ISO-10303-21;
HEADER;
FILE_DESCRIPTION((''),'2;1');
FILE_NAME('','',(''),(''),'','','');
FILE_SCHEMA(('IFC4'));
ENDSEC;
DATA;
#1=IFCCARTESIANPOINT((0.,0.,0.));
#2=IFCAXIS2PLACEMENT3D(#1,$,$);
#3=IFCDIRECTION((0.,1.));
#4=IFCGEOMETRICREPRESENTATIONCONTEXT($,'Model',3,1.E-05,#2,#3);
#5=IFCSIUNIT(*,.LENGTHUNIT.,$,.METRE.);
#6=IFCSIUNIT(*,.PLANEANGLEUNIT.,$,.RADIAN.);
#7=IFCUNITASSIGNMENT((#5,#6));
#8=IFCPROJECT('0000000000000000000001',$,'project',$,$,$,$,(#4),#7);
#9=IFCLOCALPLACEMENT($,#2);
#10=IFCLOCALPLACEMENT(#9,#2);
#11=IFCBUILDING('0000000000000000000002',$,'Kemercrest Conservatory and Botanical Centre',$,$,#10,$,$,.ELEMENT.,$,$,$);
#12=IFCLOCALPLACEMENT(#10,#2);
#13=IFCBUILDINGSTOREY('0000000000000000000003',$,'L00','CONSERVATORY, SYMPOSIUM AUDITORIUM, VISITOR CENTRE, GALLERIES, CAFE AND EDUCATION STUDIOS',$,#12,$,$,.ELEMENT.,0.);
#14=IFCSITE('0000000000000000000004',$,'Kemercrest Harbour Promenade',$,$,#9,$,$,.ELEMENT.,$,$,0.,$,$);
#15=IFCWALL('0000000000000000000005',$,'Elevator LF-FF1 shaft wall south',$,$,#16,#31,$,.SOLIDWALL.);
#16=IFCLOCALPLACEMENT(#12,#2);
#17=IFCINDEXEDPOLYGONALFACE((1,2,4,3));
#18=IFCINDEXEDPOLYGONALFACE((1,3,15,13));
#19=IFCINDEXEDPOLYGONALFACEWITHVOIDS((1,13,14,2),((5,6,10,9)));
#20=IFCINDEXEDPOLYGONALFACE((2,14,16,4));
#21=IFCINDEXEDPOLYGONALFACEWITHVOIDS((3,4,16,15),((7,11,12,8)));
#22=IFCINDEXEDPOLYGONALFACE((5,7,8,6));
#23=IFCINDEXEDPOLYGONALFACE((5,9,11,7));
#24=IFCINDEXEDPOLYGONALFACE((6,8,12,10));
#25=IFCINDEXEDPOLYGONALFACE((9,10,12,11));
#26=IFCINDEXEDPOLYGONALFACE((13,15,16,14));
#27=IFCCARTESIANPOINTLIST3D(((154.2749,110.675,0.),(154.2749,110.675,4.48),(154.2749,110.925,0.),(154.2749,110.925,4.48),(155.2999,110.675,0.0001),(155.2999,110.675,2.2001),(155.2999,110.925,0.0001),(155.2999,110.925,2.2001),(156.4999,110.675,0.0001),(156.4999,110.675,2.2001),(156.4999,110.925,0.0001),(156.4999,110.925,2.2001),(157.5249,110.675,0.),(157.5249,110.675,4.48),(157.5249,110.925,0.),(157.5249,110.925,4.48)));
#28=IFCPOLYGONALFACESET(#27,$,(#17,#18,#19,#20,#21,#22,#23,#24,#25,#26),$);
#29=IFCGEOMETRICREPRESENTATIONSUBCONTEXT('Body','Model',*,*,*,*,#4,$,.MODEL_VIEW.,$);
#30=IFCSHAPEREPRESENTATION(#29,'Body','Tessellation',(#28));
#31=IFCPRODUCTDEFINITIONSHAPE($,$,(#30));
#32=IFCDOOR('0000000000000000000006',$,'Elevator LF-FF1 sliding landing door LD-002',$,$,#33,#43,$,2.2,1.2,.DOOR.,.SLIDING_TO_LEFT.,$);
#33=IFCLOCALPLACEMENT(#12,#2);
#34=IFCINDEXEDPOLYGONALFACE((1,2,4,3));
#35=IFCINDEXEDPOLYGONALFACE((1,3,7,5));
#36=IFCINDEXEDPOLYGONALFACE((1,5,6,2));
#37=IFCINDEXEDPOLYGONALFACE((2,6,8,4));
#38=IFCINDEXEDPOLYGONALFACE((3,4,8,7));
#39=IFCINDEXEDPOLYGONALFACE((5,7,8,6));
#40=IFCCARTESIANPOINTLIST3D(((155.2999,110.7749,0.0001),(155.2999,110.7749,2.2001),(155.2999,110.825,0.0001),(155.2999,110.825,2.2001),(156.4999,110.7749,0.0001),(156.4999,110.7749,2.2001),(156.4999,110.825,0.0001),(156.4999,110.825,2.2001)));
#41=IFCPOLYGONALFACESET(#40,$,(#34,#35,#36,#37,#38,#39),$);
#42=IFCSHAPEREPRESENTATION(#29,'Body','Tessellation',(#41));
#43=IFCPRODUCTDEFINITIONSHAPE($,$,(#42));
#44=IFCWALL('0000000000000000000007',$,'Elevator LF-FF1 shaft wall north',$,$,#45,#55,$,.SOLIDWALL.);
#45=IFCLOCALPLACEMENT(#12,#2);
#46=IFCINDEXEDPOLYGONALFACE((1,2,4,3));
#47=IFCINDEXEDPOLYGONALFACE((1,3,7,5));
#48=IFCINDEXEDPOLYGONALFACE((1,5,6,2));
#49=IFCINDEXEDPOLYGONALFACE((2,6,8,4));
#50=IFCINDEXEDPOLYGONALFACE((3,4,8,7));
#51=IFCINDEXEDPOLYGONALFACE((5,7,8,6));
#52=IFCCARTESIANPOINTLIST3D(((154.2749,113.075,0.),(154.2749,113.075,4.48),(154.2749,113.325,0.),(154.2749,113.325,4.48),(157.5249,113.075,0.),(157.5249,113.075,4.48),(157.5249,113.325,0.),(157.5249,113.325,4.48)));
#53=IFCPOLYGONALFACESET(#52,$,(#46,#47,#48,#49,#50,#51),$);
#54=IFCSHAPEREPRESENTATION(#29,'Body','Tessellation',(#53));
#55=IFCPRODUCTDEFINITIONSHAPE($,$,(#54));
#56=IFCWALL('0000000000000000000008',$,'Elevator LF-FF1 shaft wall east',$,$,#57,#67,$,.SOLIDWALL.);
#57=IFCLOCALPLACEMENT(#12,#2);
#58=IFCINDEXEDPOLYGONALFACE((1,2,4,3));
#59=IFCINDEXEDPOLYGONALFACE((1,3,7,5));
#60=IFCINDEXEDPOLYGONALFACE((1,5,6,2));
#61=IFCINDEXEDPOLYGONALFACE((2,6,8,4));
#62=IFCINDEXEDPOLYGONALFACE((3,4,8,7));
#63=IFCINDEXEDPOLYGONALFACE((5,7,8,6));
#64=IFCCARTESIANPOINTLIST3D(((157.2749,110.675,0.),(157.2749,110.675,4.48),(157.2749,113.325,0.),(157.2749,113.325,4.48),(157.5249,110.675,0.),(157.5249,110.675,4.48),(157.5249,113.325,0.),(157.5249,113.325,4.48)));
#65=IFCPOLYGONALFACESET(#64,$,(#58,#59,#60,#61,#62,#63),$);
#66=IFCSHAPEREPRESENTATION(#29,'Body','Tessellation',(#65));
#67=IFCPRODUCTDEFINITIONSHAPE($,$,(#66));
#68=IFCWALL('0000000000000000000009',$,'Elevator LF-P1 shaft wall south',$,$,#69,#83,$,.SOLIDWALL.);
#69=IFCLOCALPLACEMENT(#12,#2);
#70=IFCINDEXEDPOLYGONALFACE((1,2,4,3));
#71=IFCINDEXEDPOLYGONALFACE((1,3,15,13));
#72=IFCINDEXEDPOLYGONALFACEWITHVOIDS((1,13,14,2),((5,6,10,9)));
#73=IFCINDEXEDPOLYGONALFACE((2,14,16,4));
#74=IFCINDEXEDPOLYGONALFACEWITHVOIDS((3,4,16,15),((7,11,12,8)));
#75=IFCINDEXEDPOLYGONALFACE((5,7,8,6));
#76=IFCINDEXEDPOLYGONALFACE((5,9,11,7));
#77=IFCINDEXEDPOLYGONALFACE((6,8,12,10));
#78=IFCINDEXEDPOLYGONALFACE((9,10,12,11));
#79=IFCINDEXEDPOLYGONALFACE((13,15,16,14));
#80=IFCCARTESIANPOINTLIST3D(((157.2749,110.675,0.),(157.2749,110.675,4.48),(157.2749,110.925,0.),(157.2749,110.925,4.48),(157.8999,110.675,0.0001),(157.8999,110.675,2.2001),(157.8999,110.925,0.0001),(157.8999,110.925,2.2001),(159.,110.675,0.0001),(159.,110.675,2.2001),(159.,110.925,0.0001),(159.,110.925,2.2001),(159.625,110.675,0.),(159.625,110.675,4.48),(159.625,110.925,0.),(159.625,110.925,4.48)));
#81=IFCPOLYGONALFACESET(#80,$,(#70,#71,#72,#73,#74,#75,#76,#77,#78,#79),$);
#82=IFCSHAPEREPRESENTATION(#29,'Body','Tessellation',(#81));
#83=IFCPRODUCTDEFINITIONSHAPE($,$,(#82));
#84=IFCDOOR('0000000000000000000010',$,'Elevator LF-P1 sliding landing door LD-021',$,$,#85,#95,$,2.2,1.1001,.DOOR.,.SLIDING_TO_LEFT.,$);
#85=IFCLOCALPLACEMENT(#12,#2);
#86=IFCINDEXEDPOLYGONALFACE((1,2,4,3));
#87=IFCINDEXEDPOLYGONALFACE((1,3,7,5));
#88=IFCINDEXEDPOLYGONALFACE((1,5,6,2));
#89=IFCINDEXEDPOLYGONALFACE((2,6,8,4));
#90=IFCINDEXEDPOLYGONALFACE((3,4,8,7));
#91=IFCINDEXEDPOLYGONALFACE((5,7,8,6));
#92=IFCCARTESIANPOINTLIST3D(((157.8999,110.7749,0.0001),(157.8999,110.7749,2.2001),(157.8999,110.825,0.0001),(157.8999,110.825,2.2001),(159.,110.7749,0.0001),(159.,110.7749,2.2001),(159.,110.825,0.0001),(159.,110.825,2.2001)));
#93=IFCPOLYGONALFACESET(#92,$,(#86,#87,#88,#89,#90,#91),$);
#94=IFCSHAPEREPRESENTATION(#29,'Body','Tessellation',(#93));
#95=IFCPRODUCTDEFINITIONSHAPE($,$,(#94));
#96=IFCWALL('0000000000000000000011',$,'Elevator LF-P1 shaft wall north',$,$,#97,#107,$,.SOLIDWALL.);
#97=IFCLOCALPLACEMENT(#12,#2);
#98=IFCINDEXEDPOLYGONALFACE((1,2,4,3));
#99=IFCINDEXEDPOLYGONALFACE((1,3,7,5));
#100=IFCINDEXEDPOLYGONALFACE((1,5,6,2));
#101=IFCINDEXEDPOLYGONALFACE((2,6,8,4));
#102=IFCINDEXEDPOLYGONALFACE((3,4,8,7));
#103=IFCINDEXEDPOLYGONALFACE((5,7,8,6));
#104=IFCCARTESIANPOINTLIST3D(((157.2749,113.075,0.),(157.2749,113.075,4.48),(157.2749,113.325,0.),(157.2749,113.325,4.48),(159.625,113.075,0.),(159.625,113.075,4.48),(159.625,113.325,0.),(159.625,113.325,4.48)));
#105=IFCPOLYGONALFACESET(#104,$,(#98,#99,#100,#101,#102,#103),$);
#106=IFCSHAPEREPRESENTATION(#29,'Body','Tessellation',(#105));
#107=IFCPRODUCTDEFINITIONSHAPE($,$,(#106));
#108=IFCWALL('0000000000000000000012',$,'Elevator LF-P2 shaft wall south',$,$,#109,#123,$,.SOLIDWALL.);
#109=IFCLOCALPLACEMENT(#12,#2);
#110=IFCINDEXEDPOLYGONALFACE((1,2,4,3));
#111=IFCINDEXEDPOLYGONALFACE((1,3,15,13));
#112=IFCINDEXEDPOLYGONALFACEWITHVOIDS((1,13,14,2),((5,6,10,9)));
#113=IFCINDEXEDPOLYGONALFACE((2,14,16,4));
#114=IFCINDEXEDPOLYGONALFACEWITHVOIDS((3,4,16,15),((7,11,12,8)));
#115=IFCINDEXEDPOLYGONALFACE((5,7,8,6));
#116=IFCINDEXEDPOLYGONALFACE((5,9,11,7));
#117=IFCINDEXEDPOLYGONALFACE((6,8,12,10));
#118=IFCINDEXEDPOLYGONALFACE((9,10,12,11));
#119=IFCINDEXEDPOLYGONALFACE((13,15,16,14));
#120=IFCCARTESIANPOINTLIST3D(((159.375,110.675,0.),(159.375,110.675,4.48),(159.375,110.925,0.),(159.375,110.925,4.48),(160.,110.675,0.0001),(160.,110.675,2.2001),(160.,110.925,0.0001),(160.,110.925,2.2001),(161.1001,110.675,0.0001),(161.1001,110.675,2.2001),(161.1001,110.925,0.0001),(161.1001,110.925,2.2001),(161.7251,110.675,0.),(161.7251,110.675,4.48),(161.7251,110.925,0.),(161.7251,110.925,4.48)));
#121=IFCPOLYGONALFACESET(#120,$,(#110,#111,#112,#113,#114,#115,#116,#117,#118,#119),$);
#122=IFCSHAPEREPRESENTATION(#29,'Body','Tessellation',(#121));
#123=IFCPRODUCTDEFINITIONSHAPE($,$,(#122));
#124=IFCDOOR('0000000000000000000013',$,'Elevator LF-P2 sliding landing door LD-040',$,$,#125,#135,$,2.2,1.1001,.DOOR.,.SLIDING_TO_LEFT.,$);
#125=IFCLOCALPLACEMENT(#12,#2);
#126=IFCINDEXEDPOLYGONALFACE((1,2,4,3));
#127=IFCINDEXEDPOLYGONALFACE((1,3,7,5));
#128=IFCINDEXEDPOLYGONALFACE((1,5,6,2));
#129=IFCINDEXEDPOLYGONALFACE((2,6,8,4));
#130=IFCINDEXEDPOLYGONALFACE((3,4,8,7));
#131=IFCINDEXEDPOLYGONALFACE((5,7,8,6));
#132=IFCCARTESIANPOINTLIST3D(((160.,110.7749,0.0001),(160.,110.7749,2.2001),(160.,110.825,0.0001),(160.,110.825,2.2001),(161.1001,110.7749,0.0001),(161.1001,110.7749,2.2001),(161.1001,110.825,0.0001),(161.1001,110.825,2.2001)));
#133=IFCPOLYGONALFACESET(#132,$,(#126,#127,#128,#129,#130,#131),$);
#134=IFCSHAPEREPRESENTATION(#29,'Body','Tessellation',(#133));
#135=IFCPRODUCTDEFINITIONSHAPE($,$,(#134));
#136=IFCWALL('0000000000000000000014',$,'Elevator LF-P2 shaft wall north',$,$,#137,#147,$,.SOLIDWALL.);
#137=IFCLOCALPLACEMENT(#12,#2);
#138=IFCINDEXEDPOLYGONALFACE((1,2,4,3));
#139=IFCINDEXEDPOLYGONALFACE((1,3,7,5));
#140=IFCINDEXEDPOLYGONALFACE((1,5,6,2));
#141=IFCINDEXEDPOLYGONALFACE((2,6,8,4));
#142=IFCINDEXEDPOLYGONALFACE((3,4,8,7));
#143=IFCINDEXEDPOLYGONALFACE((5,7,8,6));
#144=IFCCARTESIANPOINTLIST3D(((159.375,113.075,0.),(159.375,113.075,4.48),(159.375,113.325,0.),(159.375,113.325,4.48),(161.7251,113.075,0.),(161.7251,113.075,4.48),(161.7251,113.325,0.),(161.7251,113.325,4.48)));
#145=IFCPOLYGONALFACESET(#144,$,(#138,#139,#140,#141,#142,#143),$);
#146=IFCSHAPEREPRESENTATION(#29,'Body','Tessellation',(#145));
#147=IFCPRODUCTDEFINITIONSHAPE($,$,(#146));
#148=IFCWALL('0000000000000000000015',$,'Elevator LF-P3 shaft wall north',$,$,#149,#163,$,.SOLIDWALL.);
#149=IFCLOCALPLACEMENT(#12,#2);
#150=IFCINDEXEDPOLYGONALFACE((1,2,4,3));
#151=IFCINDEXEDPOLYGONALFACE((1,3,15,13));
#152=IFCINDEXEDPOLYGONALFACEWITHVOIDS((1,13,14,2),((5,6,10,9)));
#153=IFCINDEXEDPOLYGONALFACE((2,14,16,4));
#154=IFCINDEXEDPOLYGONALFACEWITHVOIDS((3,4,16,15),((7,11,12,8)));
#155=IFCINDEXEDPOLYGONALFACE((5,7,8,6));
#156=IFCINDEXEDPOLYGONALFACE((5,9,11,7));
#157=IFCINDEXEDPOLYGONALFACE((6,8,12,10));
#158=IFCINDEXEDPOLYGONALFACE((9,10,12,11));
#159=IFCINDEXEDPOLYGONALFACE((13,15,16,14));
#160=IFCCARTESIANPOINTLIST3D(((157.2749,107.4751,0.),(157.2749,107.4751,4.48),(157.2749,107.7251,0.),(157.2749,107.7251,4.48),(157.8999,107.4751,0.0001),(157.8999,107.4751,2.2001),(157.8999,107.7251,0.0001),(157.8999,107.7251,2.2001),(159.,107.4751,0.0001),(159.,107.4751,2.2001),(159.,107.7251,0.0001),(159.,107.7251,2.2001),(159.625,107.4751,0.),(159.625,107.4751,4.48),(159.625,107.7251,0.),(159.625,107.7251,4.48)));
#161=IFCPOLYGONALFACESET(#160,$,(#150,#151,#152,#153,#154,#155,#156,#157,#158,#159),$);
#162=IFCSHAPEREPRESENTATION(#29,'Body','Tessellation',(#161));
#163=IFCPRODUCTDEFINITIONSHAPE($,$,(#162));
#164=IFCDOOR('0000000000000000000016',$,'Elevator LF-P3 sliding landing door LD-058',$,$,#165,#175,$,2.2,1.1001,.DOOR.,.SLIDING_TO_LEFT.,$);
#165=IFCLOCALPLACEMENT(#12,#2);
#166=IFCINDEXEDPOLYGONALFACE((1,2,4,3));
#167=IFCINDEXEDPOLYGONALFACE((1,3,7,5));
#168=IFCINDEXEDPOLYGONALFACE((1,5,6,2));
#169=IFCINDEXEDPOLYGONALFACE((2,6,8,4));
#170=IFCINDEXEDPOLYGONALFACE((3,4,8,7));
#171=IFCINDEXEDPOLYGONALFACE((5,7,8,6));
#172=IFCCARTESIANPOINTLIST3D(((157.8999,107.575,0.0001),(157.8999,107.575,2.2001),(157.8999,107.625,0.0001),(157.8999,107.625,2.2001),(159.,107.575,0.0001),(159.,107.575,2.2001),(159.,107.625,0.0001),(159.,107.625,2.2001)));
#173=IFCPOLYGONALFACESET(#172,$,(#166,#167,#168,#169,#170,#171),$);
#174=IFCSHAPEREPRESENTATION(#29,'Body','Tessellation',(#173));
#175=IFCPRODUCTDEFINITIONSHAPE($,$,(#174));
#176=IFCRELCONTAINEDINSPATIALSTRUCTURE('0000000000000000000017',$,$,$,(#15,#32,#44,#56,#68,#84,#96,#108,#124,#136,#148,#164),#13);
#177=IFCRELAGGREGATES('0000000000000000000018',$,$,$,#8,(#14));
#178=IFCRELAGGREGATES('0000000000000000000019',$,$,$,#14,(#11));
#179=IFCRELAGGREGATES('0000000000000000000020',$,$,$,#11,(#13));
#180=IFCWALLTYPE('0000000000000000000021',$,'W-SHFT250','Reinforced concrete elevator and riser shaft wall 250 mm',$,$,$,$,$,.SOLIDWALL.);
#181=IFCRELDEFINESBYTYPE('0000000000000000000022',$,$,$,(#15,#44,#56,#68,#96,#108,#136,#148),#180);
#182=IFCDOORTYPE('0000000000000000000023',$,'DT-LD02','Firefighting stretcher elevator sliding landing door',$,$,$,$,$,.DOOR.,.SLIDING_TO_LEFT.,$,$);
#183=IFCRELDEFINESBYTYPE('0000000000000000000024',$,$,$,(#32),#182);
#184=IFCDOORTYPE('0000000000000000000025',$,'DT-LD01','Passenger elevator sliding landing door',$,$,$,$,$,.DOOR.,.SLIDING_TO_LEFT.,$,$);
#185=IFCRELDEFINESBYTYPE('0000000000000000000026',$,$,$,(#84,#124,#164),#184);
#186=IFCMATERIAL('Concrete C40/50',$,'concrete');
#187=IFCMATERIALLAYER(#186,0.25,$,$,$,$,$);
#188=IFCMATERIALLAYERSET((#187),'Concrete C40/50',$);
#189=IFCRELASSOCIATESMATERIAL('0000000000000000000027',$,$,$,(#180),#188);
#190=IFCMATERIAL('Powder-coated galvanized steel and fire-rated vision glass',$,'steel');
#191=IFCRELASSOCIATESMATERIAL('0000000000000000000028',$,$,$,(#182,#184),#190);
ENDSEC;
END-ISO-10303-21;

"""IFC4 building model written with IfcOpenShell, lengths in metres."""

from ifc_helpers import new_model, si_unit, direction, frame, frame_2d, origin, place, context, subcontext, project, spatial, rectangle, extrude, material, layer, layer_set, type_object, element, fill, save


model = new_model("IFC4")

# Units and contexts
model_context = context("Model", 3, precision=1e-05, world=origin(), true_north=direction((0.0, 1.0)))
body_context = subcontext(model_context, "Body", "Model", "MODEL_VIEW")
ifc_project = project(units=[si_unit("LENGTHUNIT", "METRE"), si_unit("PLANEANGLEUNIT", "RADIAN")], contexts=[model_context])

# Site, building, storey
site_placement = place(None, origin())
site = spatial("IfcSite", under=ifc_project, at=site_placement, Name="Kemercrest Harbour Promenade", CompositionType="ELEMENT", RefElevation=0.0)
building_placement = place(site_placement, origin())
building = spatial("IfcBuilding", under=site, at=building_placement, Name="Kemercrest Conservatory and Botanical Centre", CompositionType="ELEMENT")
storey_placement = place(building_placement, origin())
storey = spatial("IfcBuildingStorey", under=building, at=storey_placement, Name="L00", Description="CONSERVATORY, SYMPOSIUM AUDITORIUM, VISITOR CENTRE, GALLERIES, CAFE AND EDUCATION STUDIOS", CompositionType="ELEMENT", Elevation=0.0)

# Shared definitions
ifc_material_1 = material(Name="Concrete C40/50", Category="concrete")

# Wall, opening, door
ifc_material_2 = material(Name="Powder-coated galvanized steel and fire-rated vision glass", Category="steel")
ifc_layer_1 = layer(ifc_material_1, 0.25)
ifc_layer_set_1 = layer_set([ifc_layer_1], Name="Concrete C40/50")
wall_type_1 = type_object("IfcWallType", Name="W-SHFT250", Description="Reinforced concrete elevator and riser shaft wall 250 mm", PredefinedType="SOLIDWALL", material=ifc_layer_set_1)
wall_1_placement = place(storey_placement, frame((154.2749, 110.8, 0.0), z_axis=(0.0, 0.0, 1.0), x_axis=(1.0, 0.0, 0.0)))
wall_1 = element("IfcWall", 1, at=wall_1_placement, inside=storey, type_object=wall_type_1, Name="Elevator LF-FF1 shaft wall south", PredefinedType="SOLIDWALL", context=body_context, shape_type="SweptSolid", body=[
    extrude(rectangle(XDim=3.25, YDim=0.25, at=frame_2d((1.625, 0.0))), origin(), (0.0, 0.0, 1.0), 4.48),
])
opening_1_placement = place(wall_1_placement, frame((1.0249, 0.0, 0.0)))
opening_1 = element("IfcOpeningElement", 2, at=opening_1_placement, cuts=wall_1, PredefinedType="OPENING", context=body_context, shape_type="SweptSolid", body=[
    extrude(rectangle(XDim=1.2, YDim=2.2, at=frame_2d((0.6001, 1.1001))), frame((0.0, 0.135, 0.0), z_axis=(0.0, -1.0, 0.0), x_axis=(1.0, 0.0, 0.0)), (0.0, 0.0, 1.0), 0.27),
])
door_type_1 = type_object("IfcDoorType", Name="DT-LD02", Description="Firefighting stretcher elevator sliding landing door", OperationType="SLIDING_TO_LEFT", PredefinedType="DOOR", material=ifc_material_2)
door_1_placement = place(opening_1_placement, origin())
door_1 = element("IfcDoor", 3, at=door_1_placement, inside=storey, type_object=door_type_1, Name="Elevator LF-FF1 sliding landing door LD-002", OperationType="SLIDING_TO_LEFT", OverallHeight=2.2, OverallWidth=1.2, PredefinedType="DOOR", context=body_context, shape_type="SweptSolid", body=[
    extrude(rectangle(XDim=1.2, YDim=2.2, at=frame_2d((0.6001, 1.1001))), frame((0.0, 0.0249, 0.0), z_axis=(0.0, -1.0, 0.0), x_axis=(1.0, 0.0, 0.0)), (0.0, 0.0, 1.0), 0.05),
])
fill(opening_1, door_1)

# Walls
wall_2_placement = place(storey_placement, frame((154.2749, 113.2, 0.0), z_axis=(0.0, 0.0, 1.0), x_axis=(1.0, 0.0, 0.0)))
element("IfcWall", 4, at=wall_2_placement, inside=storey, type_object=wall_type_1, Name="Elevator LF-FF1 shaft wall north", PredefinedType="SOLIDWALL", context=body_context, shape_type="SweptSolid", body=[
    extrude(rectangle(XDim=3.25, YDim=0.25, at=frame_2d((1.625, 0.0))), origin(), (0.0, 0.0, 1.0), 4.48),
])
wall_3_placement = place(storey_placement, frame((157.3999, 110.675, 0.0), z_axis=(0.0, 0.0, 1.0), x_axis=(0.0, 1.0, 0.0)))
element("IfcWall", 5, at=wall_3_placement, inside=storey, type_object=wall_type_1, Name="Elevator LF-FF1 shaft wall east", PredefinedType="SOLIDWALL", context=body_context, shape_type="SweptSolid", body=[
    extrude(rectangle(XDim=2.6499, YDim=0.25, at=frame_2d((1.325, 0.0))), origin(), (0.0, 0.0, 1.0), 4.48),
])

# Wall, opening, door
wall_4_placement = place(storey_placement, frame((157.2749, 110.8, 0.0), z_axis=(0.0, 0.0, 1.0), x_axis=(1.0, 0.0, 0.0)))
wall_4 = element("IfcWall", 6, at=wall_4_placement, inside=storey, type_object=wall_type_1, Name="Elevator LF-P1 shaft wall south", PredefinedType="SOLIDWALL", context=body_context, shape_type="SweptSolid", body=[
    extrude(rectangle(XDim=2.3501, YDim=0.25, at=frame_2d((1.175, 0.0))), origin(), (0.0, 0.0, 1.0), 4.48),
])
opening_2_placement = place(wall_4_placement, frame((0.625, 0.0, 0.0)))
opening_2 = element("IfcOpeningElement", 7, at=opening_2_placement, cuts=wall_4, PredefinedType="OPENING", context=body_context, shape_type="SweptSolid", body=[
    extrude(rectangle(XDim=1.1001, YDim=2.2, at=frame_2d((0.55, 1.1001))), frame((0.0, 0.135, 0.0), z_axis=(0.0, -1.0, 0.0), x_axis=(1.0, 0.0, 0.0)), (0.0, 0.0, 1.0), 0.27),
])
door_type_2 = type_object("IfcDoorType", Name="DT-LD01", Description="Passenger elevator sliding landing door", OperationType="SLIDING_TO_LEFT", PredefinedType="DOOR", material=ifc_material_2)
door_2_placement = place(opening_2_placement, origin())
door_2 = element("IfcDoor", 8, at=door_2_placement, inside=storey, type_object=door_type_2, Name="Elevator LF-P1 sliding landing door LD-021", OperationType="SLIDING_TO_LEFT", OverallHeight=2.2, OverallWidth=1.1001, PredefinedType="DOOR", context=body_context, shape_type="SweptSolid", body=[
    extrude(rectangle(XDim=1.1001, YDim=2.2, at=frame_2d((0.55, 1.1001))), frame((0.0, 0.0249, 0.0), z_axis=(0.0, -1.0, 0.0), x_axis=(1.0, 0.0, 0.0)), (0.0, 0.0, 1.0), 0.05),
])
fill(opening_2, door_2)

# Wall
wall_5_placement = place(storey_placement, frame((157.2749, 113.2, 0.0), z_axis=(0.0, 0.0, 1.0), x_axis=(1.0, 0.0, 0.0)))
element("IfcWall", 9, at=wall_5_placement, inside=storey, type_object=wall_type_1, Name="Elevator LF-P1 shaft wall north", PredefinedType="SOLIDWALL", context=body_context, shape_type="SweptSolid", body=[
    extrude(rectangle(XDim=2.3501, YDim=0.25, at=frame_2d((1.175, 0.0))), origin(), (0.0, 0.0, 1.0), 4.48),
])

# Wall, opening, door
wall_6_placement = place(storey_placement, frame((159.375, 110.8, 0.0), z_axis=(0.0, 0.0, 1.0), x_axis=(1.0, 0.0, 0.0)))
wall_6 = element("IfcWall", 10, at=wall_6_placement, inside=storey, type_object=wall_type_1, Name="Elevator LF-P2 shaft wall south", PredefinedType="SOLIDWALL", context=body_context, shape_type="SweptSolid", body=[
    extrude(rectangle(XDim=2.3501, YDim=0.25, at=frame_2d((1.175, 0.0))), origin(), (0.0, 0.0, 1.0), 4.48),
])
opening_3_placement = place(wall_6_placement, frame((0.625, 0.0, 0.0)))
opening_3 = element("IfcOpeningElement", 11, at=opening_3_placement, cuts=wall_6, PredefinedType="OPENING", context=body_context, shape_type="SweptSolid", body=[
    extrude(rectangle(XDim=1.1001, YDim=2.2, at=frame_2d((0.55, 1.1001))), frame((0.0, 0.135, 0.0), z_axis=(0.0, -1.0, 0.0), x_axis=(1.0, 0.0, 0.0)), (0.0, 0.0, 1.0), 0.27),
])
door_3_placement = place(opening_3_placement, origin())
door_3 = element("IfcDoor", 12, at=door_3_placement, inside=storey, type_object=door_type_2, Name="Elevator LF-P2 sliding landing door LD-040", OperationType="SLIDING_TO_LEFT", OverallHeight=2.2, OverallWidth=1.1001, PredefinedType="DOOR", context=body_context, shape_type="SweptSolid", body=[
    extrude(rectangle(XDim=1.1001, YDim=2.2, at=frame_2d((0.55, 1.1001))), frame((0.0, 0.0249, 0.0), z_axis=(0.0, -1.0, 0.0), x_axis=(1.0, 0.0, 0.0)), (0.0, 0.0, 1.0), 0.05),
])
fill(opening_3, door_3)

# Wall
wall_7_placement = place(storey_placement, frame((159.375, 113.2, 0.0), z_axis=(0.0, 0.0, 1.0), x_axis=(1.0, 0.0, 0.0)))
element("IfcWall", 13, at=wall_7_placement, inside=storey, type_object=wall_type_1, Name="Elevator LF-P2 shaft wall north", PredefinedType="SOLIDWALL", context=body_context, shape_type="SweptSolid", body=[
    extrude(rectangle(XDim=2.3501, YDim=0.25, at=frame_2d((1.175, 0.0))), origin(), (0.0, 0.0, 1.0), 4.48),
])

# Wall, opening, door
wall_8_placement = place(storey_placement, frame((157.2749, 107.6001, 0.0), z_axis=(0.0, 0.0, 1.0), x_axis=(1.0, 0.0, 0.0)))
wall_8 = element("IfcWall", 14, at=wall_8_placement, inside=storey, type_object=wall_type_1, Name="Elevator LF-P3 shaft wall north", PredefinedType="SOLIDWALL", context=body_context, shape_type="SweptSolid", body=[
    extrude(rectangle(XDim=2.3501, YDim=0.25, at=frame_2d((1.175, 0.0))), origin(), (0.0, 0.0, 1.0), 4.48),
])
opening_4_placement = place(wall_8_placement, frame((0.625, 0.0, 0.0)))
opening_4 = element("IfcOpeningElement", 15, at=opening_4_placement, cuts=wall_8, PredefinedType="OPENING", context=body_context, shape_type="SweptSolid", body=[
    extrude(rectangle(XDim=1.1001, YDim=2.2, at=frame_2d((0.55, 1.1001))), frame((0.0, 0.135, 0.0), z_axis=(0.0, -1.0, 0.0), x_axis=(1.0, 0.0, 0.0)), (0.0, 0.0, 1.0), 0.27),
])
door_4_placement = place(opening_4_placement, origin())
door_4 = element("IfcDoor", 16, at=door_4_placement, inside=storey, type_object=door_type_2, Name="Elevator LF-P3 sliding landing door LD-058", OperationType="SLIDING_TO_LEFT", OverallHeight=2.2, OverallWidth=1.1001, PredefinedType="DOOR", context=body_context, shape_type="SweptSolid", body=[
    extrude(rectangle(XDim=1.1001, YDim=2.2, at=frame_2d((0.55, 1.1001))), frame((0.0, 0.0249, 0.0), z_axis=(0.0, -1.0, 0.0), x_axis=(1.0, 0.0, 0.0)), (0.0, 0.0, 1.0), 0.05),
])
fill(opening_4, door_4)

save(model, "model.ifc")
